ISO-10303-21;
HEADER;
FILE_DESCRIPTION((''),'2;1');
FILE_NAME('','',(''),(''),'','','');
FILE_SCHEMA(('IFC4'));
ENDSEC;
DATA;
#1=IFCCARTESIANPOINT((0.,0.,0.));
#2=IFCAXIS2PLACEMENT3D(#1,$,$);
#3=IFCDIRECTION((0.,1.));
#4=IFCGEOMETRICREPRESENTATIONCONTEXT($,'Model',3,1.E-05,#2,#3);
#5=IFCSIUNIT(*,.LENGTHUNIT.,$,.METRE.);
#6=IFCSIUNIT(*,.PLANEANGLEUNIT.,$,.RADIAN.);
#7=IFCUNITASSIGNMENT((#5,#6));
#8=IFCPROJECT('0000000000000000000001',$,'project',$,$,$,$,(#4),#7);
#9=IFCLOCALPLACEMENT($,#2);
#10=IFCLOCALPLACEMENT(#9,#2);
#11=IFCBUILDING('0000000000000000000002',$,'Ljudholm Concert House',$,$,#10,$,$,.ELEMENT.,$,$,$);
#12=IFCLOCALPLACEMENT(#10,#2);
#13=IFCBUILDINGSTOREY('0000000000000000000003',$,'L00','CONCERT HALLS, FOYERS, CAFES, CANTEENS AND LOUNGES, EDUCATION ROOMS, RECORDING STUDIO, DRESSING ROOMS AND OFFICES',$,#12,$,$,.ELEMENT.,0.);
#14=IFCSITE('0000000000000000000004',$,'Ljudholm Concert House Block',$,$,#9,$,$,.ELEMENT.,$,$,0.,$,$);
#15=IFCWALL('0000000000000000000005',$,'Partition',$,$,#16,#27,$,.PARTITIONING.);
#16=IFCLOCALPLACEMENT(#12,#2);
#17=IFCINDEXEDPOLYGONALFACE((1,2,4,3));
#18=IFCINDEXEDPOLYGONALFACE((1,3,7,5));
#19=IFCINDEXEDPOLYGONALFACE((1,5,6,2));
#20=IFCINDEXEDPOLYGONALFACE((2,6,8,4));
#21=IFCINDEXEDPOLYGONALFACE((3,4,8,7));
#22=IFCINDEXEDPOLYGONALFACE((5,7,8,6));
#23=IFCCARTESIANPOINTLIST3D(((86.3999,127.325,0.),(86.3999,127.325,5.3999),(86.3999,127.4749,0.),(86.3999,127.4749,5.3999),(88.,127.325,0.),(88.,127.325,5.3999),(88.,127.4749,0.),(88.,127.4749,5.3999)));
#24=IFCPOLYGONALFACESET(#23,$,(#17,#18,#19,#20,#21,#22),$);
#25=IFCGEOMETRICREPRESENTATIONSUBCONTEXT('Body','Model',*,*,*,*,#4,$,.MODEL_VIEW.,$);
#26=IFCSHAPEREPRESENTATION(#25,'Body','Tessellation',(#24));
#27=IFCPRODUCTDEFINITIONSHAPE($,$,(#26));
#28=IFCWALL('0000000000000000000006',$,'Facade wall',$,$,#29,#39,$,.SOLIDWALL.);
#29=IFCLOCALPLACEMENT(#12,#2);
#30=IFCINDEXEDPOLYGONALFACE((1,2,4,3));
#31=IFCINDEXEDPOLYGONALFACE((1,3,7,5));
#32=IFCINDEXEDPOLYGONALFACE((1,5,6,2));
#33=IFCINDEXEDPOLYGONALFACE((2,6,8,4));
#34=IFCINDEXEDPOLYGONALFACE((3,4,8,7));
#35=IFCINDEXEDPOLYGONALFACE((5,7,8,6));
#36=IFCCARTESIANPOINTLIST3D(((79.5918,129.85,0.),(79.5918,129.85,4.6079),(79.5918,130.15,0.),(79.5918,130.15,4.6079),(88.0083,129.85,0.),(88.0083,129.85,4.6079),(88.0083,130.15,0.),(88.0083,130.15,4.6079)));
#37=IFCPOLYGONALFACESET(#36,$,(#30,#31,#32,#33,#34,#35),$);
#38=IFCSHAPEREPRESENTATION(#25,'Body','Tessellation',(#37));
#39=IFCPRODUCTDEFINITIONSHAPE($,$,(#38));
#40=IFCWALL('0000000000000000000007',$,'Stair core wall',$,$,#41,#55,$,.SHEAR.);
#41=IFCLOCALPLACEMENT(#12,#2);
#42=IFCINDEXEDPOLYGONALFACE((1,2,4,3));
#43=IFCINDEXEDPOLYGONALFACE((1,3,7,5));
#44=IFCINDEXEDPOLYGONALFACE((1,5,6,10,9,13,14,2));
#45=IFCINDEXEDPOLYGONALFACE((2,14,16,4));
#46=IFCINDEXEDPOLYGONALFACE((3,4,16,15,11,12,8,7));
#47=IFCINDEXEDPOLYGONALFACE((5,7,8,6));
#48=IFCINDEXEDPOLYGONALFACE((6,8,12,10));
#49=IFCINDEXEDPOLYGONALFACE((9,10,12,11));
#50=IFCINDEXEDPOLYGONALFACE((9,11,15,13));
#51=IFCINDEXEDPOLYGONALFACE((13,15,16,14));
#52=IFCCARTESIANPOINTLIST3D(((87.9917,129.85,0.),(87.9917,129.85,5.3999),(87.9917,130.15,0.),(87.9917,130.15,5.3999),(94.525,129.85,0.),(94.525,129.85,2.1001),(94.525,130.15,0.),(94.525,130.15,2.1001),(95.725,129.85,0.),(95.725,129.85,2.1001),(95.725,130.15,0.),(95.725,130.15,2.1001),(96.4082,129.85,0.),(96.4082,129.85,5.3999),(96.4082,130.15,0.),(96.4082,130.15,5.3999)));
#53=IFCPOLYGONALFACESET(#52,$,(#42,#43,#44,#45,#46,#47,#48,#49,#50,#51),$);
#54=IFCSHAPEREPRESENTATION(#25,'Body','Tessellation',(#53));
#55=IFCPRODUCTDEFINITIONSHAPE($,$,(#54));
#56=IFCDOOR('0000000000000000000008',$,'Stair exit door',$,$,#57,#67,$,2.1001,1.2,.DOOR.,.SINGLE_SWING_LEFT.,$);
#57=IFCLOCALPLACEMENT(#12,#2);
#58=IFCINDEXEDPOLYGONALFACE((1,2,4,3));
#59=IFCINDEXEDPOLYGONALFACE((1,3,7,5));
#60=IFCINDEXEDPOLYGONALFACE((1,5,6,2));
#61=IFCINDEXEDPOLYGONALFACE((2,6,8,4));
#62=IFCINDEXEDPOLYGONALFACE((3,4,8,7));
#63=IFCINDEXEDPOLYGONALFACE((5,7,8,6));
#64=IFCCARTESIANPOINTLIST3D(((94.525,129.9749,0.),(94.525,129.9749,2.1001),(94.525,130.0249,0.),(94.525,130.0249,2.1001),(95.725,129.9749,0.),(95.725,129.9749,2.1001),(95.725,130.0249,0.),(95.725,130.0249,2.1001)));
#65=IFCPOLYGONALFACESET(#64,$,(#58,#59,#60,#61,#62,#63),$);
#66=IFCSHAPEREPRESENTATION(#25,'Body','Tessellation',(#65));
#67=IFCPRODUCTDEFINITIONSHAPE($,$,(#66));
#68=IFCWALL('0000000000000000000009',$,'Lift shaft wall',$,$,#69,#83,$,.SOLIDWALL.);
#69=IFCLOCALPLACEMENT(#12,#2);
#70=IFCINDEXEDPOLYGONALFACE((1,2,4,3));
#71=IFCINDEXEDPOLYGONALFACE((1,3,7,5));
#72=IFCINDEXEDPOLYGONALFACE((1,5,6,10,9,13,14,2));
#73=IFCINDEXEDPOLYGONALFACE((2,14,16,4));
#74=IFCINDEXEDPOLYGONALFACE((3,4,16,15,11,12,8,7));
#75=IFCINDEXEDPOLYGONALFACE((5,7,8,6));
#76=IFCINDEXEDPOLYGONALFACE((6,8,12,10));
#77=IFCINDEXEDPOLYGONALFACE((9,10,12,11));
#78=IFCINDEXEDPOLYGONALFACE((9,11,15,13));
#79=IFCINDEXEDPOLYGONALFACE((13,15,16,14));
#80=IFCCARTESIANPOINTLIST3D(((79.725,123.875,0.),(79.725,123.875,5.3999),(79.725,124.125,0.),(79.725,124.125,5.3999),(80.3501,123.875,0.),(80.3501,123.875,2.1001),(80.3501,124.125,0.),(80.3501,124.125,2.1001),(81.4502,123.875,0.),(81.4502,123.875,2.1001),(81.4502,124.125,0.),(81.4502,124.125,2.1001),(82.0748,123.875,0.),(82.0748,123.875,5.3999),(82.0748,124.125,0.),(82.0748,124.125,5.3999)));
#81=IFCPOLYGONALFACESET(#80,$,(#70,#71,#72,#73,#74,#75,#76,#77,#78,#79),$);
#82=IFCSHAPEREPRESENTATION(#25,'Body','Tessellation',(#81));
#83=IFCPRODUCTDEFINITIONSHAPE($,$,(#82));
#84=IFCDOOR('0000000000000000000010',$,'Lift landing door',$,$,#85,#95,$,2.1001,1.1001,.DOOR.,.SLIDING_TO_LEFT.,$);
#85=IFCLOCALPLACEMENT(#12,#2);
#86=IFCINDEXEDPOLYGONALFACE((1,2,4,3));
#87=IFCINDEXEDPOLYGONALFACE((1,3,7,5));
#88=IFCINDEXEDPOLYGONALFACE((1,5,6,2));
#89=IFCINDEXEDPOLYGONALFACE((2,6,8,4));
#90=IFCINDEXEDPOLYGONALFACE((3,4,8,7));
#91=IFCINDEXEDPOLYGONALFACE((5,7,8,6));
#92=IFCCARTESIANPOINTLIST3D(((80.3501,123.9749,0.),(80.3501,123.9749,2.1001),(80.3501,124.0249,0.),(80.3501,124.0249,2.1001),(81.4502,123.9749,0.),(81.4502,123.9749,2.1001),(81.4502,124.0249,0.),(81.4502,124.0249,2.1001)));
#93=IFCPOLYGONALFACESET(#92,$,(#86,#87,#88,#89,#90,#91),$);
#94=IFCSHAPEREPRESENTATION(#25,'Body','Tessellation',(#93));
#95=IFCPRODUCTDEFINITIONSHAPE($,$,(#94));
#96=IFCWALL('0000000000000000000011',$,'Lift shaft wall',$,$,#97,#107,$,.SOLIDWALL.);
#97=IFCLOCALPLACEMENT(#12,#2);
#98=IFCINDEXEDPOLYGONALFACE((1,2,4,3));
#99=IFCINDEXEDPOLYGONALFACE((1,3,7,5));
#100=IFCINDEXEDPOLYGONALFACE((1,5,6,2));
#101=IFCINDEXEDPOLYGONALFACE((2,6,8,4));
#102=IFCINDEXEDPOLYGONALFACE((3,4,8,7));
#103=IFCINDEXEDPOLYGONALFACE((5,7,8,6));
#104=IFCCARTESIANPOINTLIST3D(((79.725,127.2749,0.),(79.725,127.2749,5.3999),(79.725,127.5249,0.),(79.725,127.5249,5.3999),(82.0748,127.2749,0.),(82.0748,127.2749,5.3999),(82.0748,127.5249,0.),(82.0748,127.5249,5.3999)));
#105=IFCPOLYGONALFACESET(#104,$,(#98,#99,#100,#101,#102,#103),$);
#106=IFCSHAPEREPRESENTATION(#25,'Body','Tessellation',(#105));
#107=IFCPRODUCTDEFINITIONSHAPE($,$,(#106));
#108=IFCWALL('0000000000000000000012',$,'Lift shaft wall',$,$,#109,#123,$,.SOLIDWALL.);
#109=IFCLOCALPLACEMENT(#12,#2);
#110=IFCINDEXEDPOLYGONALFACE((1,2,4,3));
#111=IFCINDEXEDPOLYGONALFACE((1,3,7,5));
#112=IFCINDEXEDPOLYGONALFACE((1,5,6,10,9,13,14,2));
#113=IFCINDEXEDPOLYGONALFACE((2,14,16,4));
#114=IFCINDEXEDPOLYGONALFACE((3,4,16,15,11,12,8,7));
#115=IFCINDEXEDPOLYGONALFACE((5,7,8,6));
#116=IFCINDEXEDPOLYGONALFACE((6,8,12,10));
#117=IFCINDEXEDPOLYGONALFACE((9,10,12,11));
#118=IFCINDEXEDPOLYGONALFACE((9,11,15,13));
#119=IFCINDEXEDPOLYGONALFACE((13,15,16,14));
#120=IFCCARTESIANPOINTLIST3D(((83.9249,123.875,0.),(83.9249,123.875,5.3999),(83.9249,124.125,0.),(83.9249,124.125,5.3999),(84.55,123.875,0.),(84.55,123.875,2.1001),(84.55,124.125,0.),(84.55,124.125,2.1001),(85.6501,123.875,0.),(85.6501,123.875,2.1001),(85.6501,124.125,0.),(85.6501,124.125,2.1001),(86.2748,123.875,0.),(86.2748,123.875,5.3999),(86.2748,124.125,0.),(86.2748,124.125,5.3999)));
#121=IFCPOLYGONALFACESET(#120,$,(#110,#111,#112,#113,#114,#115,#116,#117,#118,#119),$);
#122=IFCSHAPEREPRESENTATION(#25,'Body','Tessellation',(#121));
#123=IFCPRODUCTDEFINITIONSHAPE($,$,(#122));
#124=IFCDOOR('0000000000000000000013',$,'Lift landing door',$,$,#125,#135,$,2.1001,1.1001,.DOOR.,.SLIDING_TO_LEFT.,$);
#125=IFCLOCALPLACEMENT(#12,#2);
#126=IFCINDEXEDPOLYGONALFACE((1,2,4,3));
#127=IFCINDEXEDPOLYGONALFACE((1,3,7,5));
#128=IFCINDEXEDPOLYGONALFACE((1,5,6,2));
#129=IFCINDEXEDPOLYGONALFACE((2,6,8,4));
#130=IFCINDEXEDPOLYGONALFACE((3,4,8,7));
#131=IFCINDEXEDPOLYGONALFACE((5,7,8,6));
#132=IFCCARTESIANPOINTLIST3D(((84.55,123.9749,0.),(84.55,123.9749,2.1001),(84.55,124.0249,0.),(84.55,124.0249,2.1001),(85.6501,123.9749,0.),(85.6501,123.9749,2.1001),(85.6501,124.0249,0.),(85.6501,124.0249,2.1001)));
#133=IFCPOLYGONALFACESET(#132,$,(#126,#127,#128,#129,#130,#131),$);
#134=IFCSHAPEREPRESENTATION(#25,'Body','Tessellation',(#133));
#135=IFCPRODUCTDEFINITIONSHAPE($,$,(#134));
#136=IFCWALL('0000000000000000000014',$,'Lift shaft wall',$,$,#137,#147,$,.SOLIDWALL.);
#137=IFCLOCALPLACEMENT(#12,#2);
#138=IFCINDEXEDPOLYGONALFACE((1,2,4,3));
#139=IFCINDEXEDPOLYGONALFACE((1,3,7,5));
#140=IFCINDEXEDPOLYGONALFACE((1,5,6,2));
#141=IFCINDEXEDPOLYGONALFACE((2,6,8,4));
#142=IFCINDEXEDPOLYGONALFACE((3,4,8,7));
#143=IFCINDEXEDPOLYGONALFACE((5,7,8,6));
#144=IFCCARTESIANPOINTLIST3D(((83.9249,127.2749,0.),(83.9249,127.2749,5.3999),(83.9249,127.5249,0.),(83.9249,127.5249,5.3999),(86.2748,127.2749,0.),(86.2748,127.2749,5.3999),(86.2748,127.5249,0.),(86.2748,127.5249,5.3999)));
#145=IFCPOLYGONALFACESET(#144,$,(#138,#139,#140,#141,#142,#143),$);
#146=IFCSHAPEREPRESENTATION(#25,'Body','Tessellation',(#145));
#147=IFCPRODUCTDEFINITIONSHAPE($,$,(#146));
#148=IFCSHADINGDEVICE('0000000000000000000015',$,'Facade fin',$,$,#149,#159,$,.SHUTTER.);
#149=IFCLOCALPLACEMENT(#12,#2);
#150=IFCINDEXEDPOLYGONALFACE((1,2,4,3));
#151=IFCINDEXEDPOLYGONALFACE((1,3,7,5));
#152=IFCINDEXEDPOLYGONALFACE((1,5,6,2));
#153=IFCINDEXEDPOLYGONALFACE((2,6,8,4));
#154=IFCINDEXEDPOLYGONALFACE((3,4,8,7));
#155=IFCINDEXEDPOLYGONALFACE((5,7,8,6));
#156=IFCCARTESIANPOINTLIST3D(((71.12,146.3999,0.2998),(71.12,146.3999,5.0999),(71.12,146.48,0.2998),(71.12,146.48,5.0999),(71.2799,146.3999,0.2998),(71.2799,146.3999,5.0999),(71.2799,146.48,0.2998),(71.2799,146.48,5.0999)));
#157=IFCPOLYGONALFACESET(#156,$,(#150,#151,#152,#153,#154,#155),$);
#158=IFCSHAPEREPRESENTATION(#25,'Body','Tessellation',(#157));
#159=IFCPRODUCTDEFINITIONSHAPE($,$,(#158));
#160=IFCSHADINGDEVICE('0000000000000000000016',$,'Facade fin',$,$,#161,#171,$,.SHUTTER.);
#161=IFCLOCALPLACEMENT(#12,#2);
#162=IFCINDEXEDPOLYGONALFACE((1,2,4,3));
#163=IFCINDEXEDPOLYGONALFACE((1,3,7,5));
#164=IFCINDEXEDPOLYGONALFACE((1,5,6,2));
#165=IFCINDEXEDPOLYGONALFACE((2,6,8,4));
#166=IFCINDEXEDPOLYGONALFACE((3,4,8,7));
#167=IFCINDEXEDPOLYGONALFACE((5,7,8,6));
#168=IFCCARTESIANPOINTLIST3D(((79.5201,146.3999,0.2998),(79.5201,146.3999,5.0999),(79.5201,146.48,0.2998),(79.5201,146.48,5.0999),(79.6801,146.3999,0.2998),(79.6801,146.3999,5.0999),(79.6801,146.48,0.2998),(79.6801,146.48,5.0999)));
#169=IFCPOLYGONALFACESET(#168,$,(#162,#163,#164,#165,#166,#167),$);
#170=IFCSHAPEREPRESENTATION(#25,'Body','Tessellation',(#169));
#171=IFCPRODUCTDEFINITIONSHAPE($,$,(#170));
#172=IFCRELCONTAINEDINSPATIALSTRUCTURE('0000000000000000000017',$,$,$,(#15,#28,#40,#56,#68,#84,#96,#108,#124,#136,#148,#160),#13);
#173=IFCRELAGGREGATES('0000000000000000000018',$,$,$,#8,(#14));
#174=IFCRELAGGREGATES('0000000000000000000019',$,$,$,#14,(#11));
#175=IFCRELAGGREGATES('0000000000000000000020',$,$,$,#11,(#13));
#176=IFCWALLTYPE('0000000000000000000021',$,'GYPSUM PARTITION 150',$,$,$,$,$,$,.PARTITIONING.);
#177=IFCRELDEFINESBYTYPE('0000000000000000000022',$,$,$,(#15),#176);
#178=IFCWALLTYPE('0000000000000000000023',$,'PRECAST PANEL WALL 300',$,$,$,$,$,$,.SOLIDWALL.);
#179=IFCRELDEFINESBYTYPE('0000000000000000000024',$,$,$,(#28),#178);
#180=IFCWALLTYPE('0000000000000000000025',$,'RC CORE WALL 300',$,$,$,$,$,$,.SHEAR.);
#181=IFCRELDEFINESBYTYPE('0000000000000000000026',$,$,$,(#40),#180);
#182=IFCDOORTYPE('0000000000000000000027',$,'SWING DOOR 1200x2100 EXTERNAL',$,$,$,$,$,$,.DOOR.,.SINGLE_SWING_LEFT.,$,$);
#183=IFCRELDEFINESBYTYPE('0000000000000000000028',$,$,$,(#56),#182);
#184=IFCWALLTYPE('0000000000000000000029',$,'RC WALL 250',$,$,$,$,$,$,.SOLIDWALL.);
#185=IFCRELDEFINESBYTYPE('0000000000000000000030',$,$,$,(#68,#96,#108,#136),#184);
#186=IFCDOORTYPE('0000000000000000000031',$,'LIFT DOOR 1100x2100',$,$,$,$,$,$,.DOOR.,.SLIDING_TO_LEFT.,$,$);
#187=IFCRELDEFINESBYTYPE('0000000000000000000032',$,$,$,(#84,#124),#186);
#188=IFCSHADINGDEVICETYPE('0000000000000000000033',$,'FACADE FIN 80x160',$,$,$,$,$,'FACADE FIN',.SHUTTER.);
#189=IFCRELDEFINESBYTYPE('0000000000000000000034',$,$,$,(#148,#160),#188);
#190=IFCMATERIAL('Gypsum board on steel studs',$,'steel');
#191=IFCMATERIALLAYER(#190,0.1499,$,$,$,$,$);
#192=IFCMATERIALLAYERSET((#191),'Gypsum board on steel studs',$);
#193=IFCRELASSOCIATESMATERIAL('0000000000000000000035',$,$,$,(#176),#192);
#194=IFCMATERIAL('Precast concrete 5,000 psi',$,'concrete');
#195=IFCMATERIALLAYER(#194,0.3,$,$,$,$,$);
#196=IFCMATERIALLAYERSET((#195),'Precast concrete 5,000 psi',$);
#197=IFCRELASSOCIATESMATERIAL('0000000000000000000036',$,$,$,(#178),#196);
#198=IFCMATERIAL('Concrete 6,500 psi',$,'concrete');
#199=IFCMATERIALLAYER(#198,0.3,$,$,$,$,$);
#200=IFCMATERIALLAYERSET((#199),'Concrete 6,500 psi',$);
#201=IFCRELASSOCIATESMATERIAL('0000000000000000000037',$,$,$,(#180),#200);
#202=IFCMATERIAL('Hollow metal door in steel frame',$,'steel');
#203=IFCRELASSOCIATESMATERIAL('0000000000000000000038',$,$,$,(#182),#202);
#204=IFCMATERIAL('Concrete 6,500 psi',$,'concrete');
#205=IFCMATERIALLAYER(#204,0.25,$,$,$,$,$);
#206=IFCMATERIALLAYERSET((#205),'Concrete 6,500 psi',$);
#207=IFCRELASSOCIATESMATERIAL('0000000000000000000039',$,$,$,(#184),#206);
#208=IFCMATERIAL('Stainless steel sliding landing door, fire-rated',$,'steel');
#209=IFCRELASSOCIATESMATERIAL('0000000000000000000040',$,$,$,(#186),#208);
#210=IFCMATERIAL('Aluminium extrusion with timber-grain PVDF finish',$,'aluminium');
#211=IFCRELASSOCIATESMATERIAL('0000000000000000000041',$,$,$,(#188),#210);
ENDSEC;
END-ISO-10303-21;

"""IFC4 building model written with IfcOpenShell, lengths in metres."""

from ifc_helpers import new_model, si_unit, direction, frame, frame_2d, origin, origin_2d, place, context, subcontext, project, spatial, rectangle, extrude, material, layer, layer_set, type_object, element, fill, save


model = new_model("IFC4")

# Units and contexts
model_context = context("Model", 3, precision=1e-05, world=origin(), true_north=direction((0.0, 1.0)))
body_context = subcontext(model_context, "Body", "Model", "MODEL_VIEW")
ifc_project = project(units=[si_unit("LENGTHUNIT", "METRE"), si_unit("PLANEANGLEUNIT", "RADIAN")], contexts=[model_context])

# Site, building, storey
site_placement = place(None, origin())
site = spatial("IfcSite", under=ifc_project, at=site_placement, Name="Ljudholm Concert House Block", CompositionType="ELEMENT", RefElevation=0.0)
building_placement = place(site_placement, origin())
building = spatial("IfcBuilding", under=site, at=building_placement, Name="Ljudholm Concert House", CompositionType="ELEMENT")
storey_placement = place(building_placement, origin())
storey = spatial("IfcBuildingStorey", under=building, at=storey_placement, Name="L00", Description="CONCERT HALLS, FOYERS, CAFES, CANTEENS AND LOUNGES, EDUCATION ROOMS, RECORDING STUDIO, DRESSING ROOMS AND OFFICES", CompositionType="ELEMENT", Elevation=0.0)

# Shared definitions
ifc_material_1 = material(Name="Gypsum board on steel studs", Category="steel")
ifc_layer_1 = layer(ifc_material_1, 0.1499)
ifc_layer_set_1 = layer_set([ifc_layer_1], Name="Gypsum board on steel studs")
wall_type_1 = type_object("IfcWallType", Name="GYPSUM PARTITION 150", PredefinedType="PARTITIONING", material=ifc_layer_set_1)

# Walls
for number, where, z_axis, x_axis, name in (
    (1, (86.3999, 127.3999, 0.0), (0.0, 0.0, 1.0), (1.0, 0.0, 0.0), "Partition"),
):
    element("IfcWall", number, at=place(storey_placement, frame(where, z_axis=z_axis, x_axis=x_axis)), inside=storey, type_object=wall_type_1, Name=name, PredefinedType="PARTITIONING", context=body_context, shape_type="SweptSolid", body=[
        extrude(rectangle(XDim=1.6001, YDim=0.1499, at=frame_2d((0.8, 0.0))), origin(), (0.0, 0.0, 1.0), 5.3999),
    ])
ifc_material_2 = material(Name="Precast concrete 5,000 psi", Category="concrete")
ifc_layer_2 = layer(ifc_material_2, 0.3)
ifc_layer_set_2 = layer_set([ifc_layer_2], Name="Precast concrete 5,000 psi")
wall_type_2 = type_object("IfcWallType", Name="PRECAST PANEL WALL 300", PredefinedType="SOLIDWALL", material=ifc_layer_set_2)
wall_1_placement = place(storey_placement, frame((79.5918, 130.0, 0.0), z_axis=(0.0, 0.0, 1.0), x_axis=(1.0, 0.0, 0.0)))
element("IfcWall", 2, at=wall_1_placement, inside=storey, type_object=wall_type_2, Name="Facade wall", PredefinedType="SOLIDWALL", context=body_context, shape_type="SweptSolid", body=[
    extrude(rectangle(XDim=8.4165, YDim=0.3, at=frame_2d((4.2083, 0.0))), origin(), (0.0, 0.0, 1.0), 4.6079),
])

# Walls, openings, doors
ifc_material_3 = material(Name="Concrete 6,500 psi", Category="concrete")
ifc_layer_3 = layer(ifc_material_3, 0.3)
ifc_layer_set_3 = layer_set([ifc_layer_3], Name="Concrete 6,500 psi")
wall_type_3 = type_object("IfcWallType", Name="RC CORE WALL 300", PredefinedType="SHEAR", material=ifc_layer_set_3)
wall_2_placement = place(storey_placement, frame((87.9917, 130.0, 0.0), z_axis=(0.0, 0.0, 1.0), x_axis=(1.0, 0.0, 0.0)))
wall_2 = element("IfcWall", 3, at=wall_2_placement, inside=storey, type_object=wall_type_3, Name="Stair core wall", PredefinedType="SHEAR", context=body_context, shape_type="SweptSolid", body=[
    extrude(rectangle(XDim=8.4165, YDim=0.3, at=frame_2d((4.2083, 0.0))), origin(), (0.0, 0.0, 1.0), 5.3999),
])
opening_1_placement = place(wall_2_placement, frame((6.5332, 0.0, 0.0)))
opening_1 = element("IfcOpeningElement", 4, at=opening_1_placement, cuts=wall_2, PredefinedType="OPENING", context=body_context, shape_type="SweptSolid", body=[
    extrude(rectangle(XDim=1.2, YDim=2.1001, at=frame_2d((0.6001, 1.05))), frame((0.0, 0.1599, 0.0), z_axis=(0.0, -1.0, 0.0), x_axis=(1.0, 0.0, 0.0)), (0.0, 0.0, 1.0), 0.3201),
])
ifc_material_4 = material(Name="Hollow metal door in steel frame", Category="steel")
door_type_1 = type_object("IfcDoorType", Name="SWING DOOR 1200x2100 EXTERNAL", OperationType="SINGLE_SWING_LEFT", PredefinedType="DOOR", material=ifc_material_4)
door_1_placement = place(opening_1_placement, origin())
door_1 = element("IfcDoor", 5, at=door_1_placement, inside=storey, type_object=door_type_1, Name="Stair exit door", OperationType="SINGLE_SWING_LEFT", OverallHeight=2.1001, OverallWidth=1.2, PredefinedType="DOOR", context=body_context, shape_type="SweptSolid", body=[
    extrude(rectangle(XDim=1.2, YDim=2.1001, at=frame_2d((0.6001, 1.05))), frame((0.0, 0.0249, 0.0), z_axis=(0.0, -1.0, 0.0), x_axis=(1.0, 0.0, 0.0)), (0.0, 0.0, 1.0), 0.05),
])
fill(opening_1, door_1)
ifc_material_5 = material(Name="Concrete 6,500 psi", Category="concrete")
ifc_layer_4 = layer(ifc_material_5, 0.25)
ifc_layer_set_4 = layer_set([ifc_layer_4], Name="Concrete 6,500 psi")
wall_type_4 = type_object("IfcWallType", Name="RC WALL 250", PredefinedType="SOLIDWALL", material=ifc_layer_set_4)
wall_3_placement = place(storey_placement, frame((79.7251, 124.0, 0.0), z_axis=(0.0, 0.0, 1.0), x_axis=(1.0, 0.0, 0.0)))
wall_3 = element("IfcWall", 6, at=wall_3_placement, inside=storey, type_object=wall_type_4, Name="Lift shaft wall", PredefinedType="SOLIDWALL", context=body_context, shape_type="SweptSolid", body=[
    extrude(rectangle(XDim=2.3499, YDim=0.25, at=frame_2d((1.1748, 0.0))), origin(), (0.0, 0.0, 1.0), 5.3999),
])
opening_2_placement = place(wall_3_placement, frame((0.625, 0.0, 0.0)))
opening_2 = element("IfcOpeningElement", 7, at=opening_2_placement, cuts=wall_3, PredefinedType="OPENING", context=body_context, shape_type="SweptSolid", body=[
    extrude(rectangle(XDim=1.1001, YDim=2.1001, at=frame_2d((0.55, 1.05))), frame((0.0, 0.135, 0.0), z_axis=(0.0, -1.0, 0.0), x_axis=(1.0, 0.0, 0.0)), (0.0, 0.0, 1.0), 0.27),
])
ifc_material_6 = material(Name="Stainless steel sliding landing door, fire-rated", Category="steel")
door_type_2 = type_object("IfcDoorType", Name="LIFT DOOR 1100x2100", OperationType="SLIDING_TO_LEFT", PredefinedType="DOOR", material=ifc_material_6)
door_2_placement = place(opening_2_placement, origin())
door_2 = element("IfcDoor", 8, at=door_2_placement, inside=storey, type_object=door_type_2, Name="Lift landing door", OperationType="SLIDING_TO_LEFT", OverallHeight=2.1001, OverallWidth=1.1001, PredefinedType="DOOR", context=body_context, shape_type="SweptSolid", body=[
    extrude(rectangle(XDim=1.1001, YDim=2.1001, at=frame_2d((0.55, 1.05))), frame((0.0, 0.0249, 0.0), z_axis=(0.0, -1.0, 0.0), x_axis=(1.0, 0.0, 0.0)), (0.0, 0.0, 1.0), 0.05),
])
fill(opening_2, door_2)

# Wall
wall_4_placement = place(storey_placement, frame((79.7251, 127.3999, 0.0), z_axis=(0.0, 0.0, 1.0), x_axis=(1.0, 0.0, 0.0)))
element("IfcWall", 9, at=wall_4_placement, inside=storey, type_object=wall_type_4, Name="Lift shaft wall", PredefinedType="SOLIDWALL", context=body_context, shape_type="SweptSolid", body=[
    extrude(rectangle(XDim=2.3499, YDim=0.25, at=frame_2d((1.1748, 0.0))), origin(), (0.0, 0.0, 1.0), 5.3999),
])

# Wall, opening, door
wall_5_placement = place(storey_placement, frame((83.925, 124.0, 0.0), z_axis=(0.0, 0.0, 1.0), x_axis=(1.0, 0.0, 0.0)))
wall_5 = element("IfcWall", 10, at=wall_5_placement, inside=storey, type_object=wall_type_4, Name="Lift shaft wall", PredefinedType="SOLIDWALL", context=body_context, shape_type="SweptSolid", body=[
    extrude(rectangle(XDim=2.3499, YDim=0.25, at=frame_2d((1.1748, 0.0))), origin(), (0.0, 0.0, 1.0), 5.3999),
])
opening_3_placement = place(wall_5_placement, frame((0.625, 0.0, 0.0)))
opening_3 = element("IfcOpeningElement", 11, at=opening_3_placement, cuts=wall_5, PredefinedType="OPENING", context=body_context, shape_type="SweptSolid", body=[
    extrude(rectangle(XDim=1.1001, YDim=2.1001, at=frame_2d((0.55, 1.05))), frame((0.0, 0.135, 0.0), z_axis=(0.0, -1.0, 0.0), x_axis=(1.0, 0.0, 0.0)), (0.0, 0.0, 1.0), 0.27),
])
door_3_placement = place(opening_3_placement, origin())
door_3 = element("IfcDoor", 12, at=door_3_placement, inside=storey, type_object=door_type_2, Name="Lift landing door", OperationType="SLIDING_TO_LEFT", OverallHeight=2.1001, OverallWidth=1.1001, PredefinedType="DOOR", context=body_context, shape_type="SweptSolid", body=[
    extrude(rectangle(XDim=1.1001, YDim=2.1001, at=frame_2d((0.55, 1.05))), frame((0.0, 0.0249, 0.0), z_axis=(0.0, -1.0, 0.0), x_axis=(1.0, 0.0, 0.0)), (0.0, 0.0, 1.0), 0.05),
])
fill(opening_3, door_3)

# Wall
wall_6_placement = place(storey_placement, frame((83.925, 127.3999, 0.0), z_axis=(0.0, 0.0, 1.0), x_axis=(1.0, 0.0, 0.0)))
element("IfcWall", 13, at=wall_6_placement, inside=storey, type_object=wall_type_4, Name="Lift shaft wall", PredefinedType="SOLIDWALL", context=body_context, shape_type="SweptSolid", body=[
    extrude(rectangle(XDim=2.3499, YDim=0.25, at=frame_2d((1.1748, 0.0))), origin(), (0.0, 0.0, 1.0), 5.3999),
])

# Shading devices
ifc_material_7 = material(Name="Aluminium extrusion with timber-grain PVDF finish", Category="aluminium")
shading_device_type = type_object("IfcShadingDeviceType", Name="FACADE FIN 80x160", ElementType="FACADE FIN", PredefinedType="SHUTTER", material=ifc_material_7)
for number, where, z_axis, x_axis, name in (
    (14, (71.2, 146.4399, 0.2998), (0.0, 0.0, 1.0), (0.0, -1.0, 0.0), "Facade fin"),
    (15, (79.6001, 146.4399, 0.2998), (0.0, 0.0, 1.0), (0.0, -1.0, 0.0), "Facade fin"),
):
    element("IfcShadingDevice", number, at=place(storey_placement, frame(where, z_axis=z_axis, x_axis=x_axis)), inside=storey, type_object=shading_device_type, Name=name, PredefinedType="SHUTTER", context=body_context, shape_type="SweptSolid", body=[
        extrude(rectangle(XDim=0.0801, YDim=0.1599, at=origin_2d()), origin(), (0.0, 0.0, 1.0), 4.8),
    ])

save(model, "model.ifc")
